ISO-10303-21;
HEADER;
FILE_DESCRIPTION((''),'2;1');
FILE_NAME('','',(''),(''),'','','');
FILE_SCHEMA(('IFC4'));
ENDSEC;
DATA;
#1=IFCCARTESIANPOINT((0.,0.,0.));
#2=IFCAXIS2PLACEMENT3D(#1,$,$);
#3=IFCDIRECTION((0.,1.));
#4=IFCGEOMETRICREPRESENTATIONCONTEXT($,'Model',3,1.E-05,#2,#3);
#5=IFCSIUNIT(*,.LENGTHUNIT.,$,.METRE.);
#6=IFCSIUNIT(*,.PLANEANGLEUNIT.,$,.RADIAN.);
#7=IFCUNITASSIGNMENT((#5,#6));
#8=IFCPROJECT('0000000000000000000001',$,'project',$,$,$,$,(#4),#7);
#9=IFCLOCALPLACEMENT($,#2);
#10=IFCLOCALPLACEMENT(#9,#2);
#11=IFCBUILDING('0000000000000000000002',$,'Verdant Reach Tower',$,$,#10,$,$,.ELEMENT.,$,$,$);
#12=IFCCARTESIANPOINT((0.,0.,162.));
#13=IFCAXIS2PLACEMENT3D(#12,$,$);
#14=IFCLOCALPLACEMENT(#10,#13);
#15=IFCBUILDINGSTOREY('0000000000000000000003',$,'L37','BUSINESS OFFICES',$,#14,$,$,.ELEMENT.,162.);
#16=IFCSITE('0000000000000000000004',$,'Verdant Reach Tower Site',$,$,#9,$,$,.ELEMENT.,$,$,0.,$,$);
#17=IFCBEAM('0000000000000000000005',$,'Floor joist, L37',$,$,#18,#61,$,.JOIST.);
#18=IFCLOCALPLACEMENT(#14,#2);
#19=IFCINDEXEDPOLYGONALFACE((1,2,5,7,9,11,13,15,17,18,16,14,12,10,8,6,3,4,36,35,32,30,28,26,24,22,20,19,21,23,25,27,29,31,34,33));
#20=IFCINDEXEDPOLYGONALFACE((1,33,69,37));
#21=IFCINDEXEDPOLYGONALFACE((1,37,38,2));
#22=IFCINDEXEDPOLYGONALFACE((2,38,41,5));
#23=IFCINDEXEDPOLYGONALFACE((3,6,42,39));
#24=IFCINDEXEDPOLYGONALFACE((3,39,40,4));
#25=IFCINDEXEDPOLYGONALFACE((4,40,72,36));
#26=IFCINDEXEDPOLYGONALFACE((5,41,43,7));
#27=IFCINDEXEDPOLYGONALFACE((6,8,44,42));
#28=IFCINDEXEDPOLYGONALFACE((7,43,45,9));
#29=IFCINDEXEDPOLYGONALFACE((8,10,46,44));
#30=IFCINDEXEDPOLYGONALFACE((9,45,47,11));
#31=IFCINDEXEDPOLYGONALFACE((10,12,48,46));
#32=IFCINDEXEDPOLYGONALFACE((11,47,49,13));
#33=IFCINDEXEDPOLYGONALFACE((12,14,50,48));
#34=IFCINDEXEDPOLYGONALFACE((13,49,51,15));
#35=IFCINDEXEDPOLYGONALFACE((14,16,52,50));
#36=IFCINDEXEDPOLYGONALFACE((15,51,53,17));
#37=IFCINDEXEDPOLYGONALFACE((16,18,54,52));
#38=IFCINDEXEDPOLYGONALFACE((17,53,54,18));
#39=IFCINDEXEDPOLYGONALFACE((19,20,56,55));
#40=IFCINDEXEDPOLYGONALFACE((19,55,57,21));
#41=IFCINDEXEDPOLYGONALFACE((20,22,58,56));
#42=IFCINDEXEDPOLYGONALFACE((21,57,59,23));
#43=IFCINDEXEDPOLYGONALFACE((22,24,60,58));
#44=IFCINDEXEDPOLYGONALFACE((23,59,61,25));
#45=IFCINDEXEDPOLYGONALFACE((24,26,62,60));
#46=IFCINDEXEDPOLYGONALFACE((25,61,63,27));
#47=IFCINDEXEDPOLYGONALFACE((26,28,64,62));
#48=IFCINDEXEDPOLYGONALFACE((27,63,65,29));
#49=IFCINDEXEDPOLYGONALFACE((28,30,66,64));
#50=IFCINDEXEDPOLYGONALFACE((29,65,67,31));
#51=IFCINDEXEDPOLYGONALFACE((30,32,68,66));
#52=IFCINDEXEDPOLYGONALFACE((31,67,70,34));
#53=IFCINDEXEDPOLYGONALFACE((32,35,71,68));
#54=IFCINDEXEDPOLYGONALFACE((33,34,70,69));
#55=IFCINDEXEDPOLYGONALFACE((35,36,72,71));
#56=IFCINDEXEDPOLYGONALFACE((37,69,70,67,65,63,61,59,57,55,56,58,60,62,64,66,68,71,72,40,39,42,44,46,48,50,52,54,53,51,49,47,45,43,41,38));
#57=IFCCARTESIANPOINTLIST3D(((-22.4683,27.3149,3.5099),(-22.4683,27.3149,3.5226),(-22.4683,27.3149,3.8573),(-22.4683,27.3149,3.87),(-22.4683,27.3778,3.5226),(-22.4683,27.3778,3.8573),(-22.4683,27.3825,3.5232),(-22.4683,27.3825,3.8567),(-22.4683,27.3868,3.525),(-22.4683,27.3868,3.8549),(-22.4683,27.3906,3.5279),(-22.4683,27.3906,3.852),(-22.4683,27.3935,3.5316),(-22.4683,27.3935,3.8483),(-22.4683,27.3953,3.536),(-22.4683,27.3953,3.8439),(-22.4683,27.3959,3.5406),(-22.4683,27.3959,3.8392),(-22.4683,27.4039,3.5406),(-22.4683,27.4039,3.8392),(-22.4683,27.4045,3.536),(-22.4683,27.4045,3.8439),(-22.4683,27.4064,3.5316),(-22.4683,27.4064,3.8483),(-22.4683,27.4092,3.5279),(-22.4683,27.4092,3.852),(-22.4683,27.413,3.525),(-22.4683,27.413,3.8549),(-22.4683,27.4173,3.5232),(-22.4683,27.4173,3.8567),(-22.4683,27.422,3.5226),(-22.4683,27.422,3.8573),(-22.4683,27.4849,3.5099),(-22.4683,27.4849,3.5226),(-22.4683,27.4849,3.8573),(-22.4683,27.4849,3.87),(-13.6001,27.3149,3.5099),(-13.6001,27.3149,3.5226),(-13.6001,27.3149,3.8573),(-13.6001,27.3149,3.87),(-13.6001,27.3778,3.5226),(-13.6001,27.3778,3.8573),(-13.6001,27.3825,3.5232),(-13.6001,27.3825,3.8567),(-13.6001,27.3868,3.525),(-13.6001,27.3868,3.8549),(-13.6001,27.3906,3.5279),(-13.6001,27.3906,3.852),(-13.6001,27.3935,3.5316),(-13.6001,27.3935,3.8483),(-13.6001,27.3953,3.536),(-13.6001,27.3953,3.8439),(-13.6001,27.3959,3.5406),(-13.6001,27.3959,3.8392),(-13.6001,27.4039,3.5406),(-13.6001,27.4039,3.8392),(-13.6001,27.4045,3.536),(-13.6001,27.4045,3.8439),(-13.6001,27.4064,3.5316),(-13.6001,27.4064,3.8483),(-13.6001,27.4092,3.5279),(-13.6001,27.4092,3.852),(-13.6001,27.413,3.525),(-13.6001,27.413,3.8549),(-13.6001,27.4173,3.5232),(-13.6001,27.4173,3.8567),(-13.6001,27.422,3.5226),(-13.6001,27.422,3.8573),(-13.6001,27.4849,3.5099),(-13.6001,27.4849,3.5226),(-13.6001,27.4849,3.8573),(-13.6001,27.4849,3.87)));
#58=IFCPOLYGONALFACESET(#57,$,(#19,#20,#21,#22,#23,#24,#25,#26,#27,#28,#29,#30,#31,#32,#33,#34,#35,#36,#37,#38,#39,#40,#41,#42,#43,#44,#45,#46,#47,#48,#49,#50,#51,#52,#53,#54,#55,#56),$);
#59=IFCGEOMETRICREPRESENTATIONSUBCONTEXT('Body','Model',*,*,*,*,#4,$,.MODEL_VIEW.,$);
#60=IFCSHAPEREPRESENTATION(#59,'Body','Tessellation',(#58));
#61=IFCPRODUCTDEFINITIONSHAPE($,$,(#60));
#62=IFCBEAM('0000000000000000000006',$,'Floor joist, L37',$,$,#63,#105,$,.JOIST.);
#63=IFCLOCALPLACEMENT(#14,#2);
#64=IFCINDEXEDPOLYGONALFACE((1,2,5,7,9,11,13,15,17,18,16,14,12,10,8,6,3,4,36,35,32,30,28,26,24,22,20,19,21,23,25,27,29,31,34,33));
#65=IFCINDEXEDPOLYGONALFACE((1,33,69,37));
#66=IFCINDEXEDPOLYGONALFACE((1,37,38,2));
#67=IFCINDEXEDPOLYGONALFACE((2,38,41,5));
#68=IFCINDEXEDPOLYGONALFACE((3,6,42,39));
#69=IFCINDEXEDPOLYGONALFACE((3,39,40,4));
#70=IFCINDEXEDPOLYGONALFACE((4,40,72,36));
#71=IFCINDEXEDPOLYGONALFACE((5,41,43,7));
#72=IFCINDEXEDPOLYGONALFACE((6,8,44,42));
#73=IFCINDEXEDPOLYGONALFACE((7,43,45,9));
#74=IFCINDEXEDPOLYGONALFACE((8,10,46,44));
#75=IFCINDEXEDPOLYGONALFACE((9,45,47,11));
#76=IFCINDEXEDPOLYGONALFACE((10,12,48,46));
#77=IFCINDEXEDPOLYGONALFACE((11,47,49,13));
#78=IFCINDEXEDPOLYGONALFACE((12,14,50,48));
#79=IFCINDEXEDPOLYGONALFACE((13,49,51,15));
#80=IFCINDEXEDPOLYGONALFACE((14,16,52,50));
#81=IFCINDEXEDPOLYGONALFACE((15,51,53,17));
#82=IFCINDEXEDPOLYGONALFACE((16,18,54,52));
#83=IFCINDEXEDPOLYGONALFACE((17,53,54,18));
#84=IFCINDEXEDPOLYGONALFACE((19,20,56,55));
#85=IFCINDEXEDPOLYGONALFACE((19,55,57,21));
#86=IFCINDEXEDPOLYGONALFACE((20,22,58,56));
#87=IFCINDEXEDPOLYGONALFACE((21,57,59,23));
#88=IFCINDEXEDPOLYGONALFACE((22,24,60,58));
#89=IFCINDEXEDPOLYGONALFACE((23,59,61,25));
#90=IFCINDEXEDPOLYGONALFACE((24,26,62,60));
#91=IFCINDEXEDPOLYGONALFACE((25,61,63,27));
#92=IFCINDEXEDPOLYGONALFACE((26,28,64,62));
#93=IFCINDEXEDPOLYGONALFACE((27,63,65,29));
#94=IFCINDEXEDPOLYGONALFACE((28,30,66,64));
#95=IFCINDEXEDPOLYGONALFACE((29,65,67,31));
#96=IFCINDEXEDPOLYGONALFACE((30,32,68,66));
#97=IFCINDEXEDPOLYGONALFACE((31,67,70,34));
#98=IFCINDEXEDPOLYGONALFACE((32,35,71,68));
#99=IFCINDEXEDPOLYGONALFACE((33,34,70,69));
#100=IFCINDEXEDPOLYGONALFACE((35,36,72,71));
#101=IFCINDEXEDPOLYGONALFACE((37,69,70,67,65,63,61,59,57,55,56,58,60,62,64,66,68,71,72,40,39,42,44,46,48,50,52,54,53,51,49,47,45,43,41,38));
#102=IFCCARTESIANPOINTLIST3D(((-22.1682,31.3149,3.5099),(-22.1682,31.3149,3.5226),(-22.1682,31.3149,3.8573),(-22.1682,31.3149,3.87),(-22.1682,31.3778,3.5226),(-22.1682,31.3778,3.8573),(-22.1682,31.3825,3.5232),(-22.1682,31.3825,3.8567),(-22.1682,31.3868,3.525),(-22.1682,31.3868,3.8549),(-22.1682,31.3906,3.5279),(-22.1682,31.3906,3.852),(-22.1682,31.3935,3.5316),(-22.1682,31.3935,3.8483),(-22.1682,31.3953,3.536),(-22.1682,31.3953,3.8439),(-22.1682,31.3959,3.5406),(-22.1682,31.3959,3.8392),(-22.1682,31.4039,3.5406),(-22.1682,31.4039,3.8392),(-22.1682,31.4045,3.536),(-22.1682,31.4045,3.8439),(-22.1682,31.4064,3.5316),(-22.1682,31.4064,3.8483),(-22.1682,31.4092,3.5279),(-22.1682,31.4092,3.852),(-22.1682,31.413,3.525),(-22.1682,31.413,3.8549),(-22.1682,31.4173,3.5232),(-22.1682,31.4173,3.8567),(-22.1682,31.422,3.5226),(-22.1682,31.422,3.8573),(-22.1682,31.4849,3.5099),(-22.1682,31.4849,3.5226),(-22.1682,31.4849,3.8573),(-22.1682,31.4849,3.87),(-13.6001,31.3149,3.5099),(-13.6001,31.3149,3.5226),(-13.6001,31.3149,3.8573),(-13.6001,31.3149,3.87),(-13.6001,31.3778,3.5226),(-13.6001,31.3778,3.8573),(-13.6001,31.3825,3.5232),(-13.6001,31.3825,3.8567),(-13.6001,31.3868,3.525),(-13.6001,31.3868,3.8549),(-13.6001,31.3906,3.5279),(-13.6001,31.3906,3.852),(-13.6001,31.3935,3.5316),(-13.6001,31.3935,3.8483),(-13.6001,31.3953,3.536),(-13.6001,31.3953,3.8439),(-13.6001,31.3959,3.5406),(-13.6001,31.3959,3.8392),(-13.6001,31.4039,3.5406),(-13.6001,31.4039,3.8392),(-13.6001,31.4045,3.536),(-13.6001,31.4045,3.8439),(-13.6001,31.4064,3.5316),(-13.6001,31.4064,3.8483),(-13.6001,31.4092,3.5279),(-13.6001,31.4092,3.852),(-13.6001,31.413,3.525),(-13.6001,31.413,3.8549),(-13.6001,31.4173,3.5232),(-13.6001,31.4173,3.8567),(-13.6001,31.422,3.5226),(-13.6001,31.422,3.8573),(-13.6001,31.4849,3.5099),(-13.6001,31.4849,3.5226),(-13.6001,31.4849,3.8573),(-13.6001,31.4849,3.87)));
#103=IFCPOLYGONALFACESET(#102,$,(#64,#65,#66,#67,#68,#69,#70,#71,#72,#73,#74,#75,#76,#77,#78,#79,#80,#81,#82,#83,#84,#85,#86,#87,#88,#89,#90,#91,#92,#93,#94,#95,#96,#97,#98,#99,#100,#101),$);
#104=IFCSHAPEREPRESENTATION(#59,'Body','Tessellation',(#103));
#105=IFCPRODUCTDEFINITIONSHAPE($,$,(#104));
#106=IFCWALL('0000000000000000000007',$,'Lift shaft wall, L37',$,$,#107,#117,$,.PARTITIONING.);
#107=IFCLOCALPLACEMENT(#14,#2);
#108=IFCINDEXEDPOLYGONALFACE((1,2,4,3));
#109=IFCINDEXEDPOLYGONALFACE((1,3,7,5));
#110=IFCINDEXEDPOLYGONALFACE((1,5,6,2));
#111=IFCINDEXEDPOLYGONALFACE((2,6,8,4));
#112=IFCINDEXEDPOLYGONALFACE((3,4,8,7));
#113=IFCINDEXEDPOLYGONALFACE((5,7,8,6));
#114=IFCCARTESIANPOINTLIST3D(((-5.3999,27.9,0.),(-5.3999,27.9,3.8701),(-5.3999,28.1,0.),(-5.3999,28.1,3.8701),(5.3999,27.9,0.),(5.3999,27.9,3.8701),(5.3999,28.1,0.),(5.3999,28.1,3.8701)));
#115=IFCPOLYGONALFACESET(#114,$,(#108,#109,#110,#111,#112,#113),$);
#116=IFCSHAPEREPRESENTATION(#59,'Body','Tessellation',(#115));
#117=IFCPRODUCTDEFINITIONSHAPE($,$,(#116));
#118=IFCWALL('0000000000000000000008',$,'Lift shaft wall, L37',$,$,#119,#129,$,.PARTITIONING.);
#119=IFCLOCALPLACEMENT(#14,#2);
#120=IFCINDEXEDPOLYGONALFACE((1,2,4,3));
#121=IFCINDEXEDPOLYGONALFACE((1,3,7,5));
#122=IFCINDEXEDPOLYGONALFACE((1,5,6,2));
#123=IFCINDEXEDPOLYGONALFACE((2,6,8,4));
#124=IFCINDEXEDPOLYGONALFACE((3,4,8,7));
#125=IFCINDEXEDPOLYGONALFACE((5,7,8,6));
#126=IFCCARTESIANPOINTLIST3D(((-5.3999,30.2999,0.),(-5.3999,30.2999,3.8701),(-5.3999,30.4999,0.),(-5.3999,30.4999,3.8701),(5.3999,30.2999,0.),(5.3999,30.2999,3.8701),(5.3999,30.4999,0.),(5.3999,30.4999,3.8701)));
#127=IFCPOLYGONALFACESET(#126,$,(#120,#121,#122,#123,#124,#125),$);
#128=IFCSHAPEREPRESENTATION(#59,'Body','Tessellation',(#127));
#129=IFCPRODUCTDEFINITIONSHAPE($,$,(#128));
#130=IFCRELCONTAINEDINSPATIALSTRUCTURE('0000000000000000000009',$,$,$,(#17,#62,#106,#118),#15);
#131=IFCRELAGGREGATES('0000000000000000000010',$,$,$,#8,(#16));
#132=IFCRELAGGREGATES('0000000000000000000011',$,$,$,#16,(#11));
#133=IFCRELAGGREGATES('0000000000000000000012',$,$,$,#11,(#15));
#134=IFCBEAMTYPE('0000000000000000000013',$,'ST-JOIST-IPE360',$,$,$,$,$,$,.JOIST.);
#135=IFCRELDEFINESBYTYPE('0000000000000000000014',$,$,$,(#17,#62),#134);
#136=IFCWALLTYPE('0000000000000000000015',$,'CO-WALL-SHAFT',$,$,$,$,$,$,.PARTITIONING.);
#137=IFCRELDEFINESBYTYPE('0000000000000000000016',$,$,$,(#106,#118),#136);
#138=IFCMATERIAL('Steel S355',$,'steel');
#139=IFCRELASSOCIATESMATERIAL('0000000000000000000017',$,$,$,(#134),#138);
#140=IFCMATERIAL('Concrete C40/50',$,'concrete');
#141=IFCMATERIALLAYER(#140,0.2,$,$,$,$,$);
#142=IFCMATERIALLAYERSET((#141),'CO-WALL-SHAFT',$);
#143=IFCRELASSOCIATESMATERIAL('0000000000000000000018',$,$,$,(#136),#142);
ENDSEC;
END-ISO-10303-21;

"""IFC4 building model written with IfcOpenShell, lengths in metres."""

from ifc_helpers import new_model, si_unit, direction, frame, frame_2d, origin, origin_2d, place, context, subcontext, project, spatial, rectangle, i_section, extrude, material, layer, layer_set, material_profile, profile_set, type_object, element, save


model = new_model("IFC4")

# Units and contexts
model_context = context("Model", 3, precision=1e-05, world=origin(), true_north=direction((0.0, 1.0)))
body_context = subcontext(model_context, "Body", "Model", "MODEL_VIEW")
ifc_project = project(units=[si_unit("LENGTHUNIT", "METRE"), si_unit("PLANEANGLEUNIT", "RADIAN")], contexts=[model_context])

# Site, building, storey
site_placement = place(None, origin())
site = spatial("IfcSite", under=ifc_project, at=site_placement, Name="Verdant Reach Tower Site", CompositionType="ELEMENT", RefElevation=0.0)
building_placement = place(site_placement, origin())
building = spatial("IfcBuilding", under=site, at=building_placement, Name="Verdant Reach Tower", CompositionType="ELEMENT")
storey_placement = place(building_placement, frame((0.0, 0.0, 162.0)))
storey = spatial("IfcBuildingStorey", under=building, at=storey_placement, Name="L37", Description="BUSINESS OFFICES", CompositionType="ELEMENT", Elevation=162.0)

# Beams
ifc_material_1 = material(Name="Steel S355", Category="steel")
ifc_material_profile = material_profile(ifc_material_1, i_section(OverallWidth=0.1699, OverallDepth=0.3601, WebThickness=0.0081, FlangeThickness=0.0127, FilletRadius=0.0181, at=origin_2d()), Name="IPE 360")
ifc_profile_set = profile_set([ifc_material_profile], Name="Steel S355")
beam_type = type_object("IfcBeamType", Name="ST-JOIST-IPE360", PredefinedType="JOIST", material=ifc_profile_set)
beam_1_placement = place(storey_placement, frame((-13.6001, 27.3999, 3.6899), z_axis=(-1.0, 0.0, 0.0), x_axis=(0.0, -1.0, 0.0)))
element("IfcBeam", 1, at=beam_1_placement, inside=storey, type_object=beam_type, Name="Floor joist, L37", PredefinedType="JOIST", context=body_context, shape_type="SweptSolid", body=[
    extrude(i_section(OverallWidth=0.1699, OverallDepth=0.3601, WebThickness=0.0081, FlangeThickness=0.0127, FilletRadius=0.0181, at=origin_2d()), origin(), (0.0, 0.0, 1.0), 8.8682),
])
beam_2_placement = place(storey_placement, frame((-13.6001, 31.3999, 3.6899), z_axis=(-1.0, 0.0, 0.0), x_axis=(0.0, -1.0, 0.0)))
element("IfcBeam", 2, at=beam_2_placement, inside=storey, type_object=beam_type, Name="Floor joist, L37", PredefinedType="JOIST", context=body_context, shape_type="SweptSolid", body=[
    extrude(i_section(OverallWidth=0.1699, OverallDepth=0.3601, WebThickness=0.0081, FlangeThickness=0.0127, FilletRadius=0.0181, at=origin_2d()), origin(), (0.0, 0.0, 1.0), 8.5681),
])

# Walls
ifc_material_2 = material(Name="Concrete C40/50", Category="concrete")
ifc_layer_1 = layer(ifc_material_2, 0.2)
ifc_layer_set_1 = layer_set([ifc_layer_1], Name="CO-WALL-SHAFT")
wall_type_1 = type_object("IfcWallType", Name="CO-WALL-SHAFT", PredefinedType="PARTITIONING", material=ifc_layer_set_1)
for number, where, z_axis, x_axis, name in (
    (3, (-5.3999, 28.0, 0.0), (0.0, 0.0, 1.0), (1.0, 0.0, 0.0), "Lift shaft wall, L37"),
    (4, (-5.3999, 30.3999, 0.0), (0.0, 0.0, 1.0), (1.0, 0.0, 0.0), "Lift shaft wall, L37"),
):
    element("IfcWall", number, at=place(storey_placement, frame(where, z_axis=z_axis, x_axis=x_axis)), inside=storey, type_object=wall_type_1, Name=name, PredefinedType="PARTITIONING", context=body_context, shape_type="SweptSolid", body=[
        extrude(rectangle(XDim=10.7998, YDim=0.2, at=frame_2d((5.3999, 0.0))), origin(), (0.0, 0.0, 1.0), 3.8701),
    ])

save(model, "model.ifc")
